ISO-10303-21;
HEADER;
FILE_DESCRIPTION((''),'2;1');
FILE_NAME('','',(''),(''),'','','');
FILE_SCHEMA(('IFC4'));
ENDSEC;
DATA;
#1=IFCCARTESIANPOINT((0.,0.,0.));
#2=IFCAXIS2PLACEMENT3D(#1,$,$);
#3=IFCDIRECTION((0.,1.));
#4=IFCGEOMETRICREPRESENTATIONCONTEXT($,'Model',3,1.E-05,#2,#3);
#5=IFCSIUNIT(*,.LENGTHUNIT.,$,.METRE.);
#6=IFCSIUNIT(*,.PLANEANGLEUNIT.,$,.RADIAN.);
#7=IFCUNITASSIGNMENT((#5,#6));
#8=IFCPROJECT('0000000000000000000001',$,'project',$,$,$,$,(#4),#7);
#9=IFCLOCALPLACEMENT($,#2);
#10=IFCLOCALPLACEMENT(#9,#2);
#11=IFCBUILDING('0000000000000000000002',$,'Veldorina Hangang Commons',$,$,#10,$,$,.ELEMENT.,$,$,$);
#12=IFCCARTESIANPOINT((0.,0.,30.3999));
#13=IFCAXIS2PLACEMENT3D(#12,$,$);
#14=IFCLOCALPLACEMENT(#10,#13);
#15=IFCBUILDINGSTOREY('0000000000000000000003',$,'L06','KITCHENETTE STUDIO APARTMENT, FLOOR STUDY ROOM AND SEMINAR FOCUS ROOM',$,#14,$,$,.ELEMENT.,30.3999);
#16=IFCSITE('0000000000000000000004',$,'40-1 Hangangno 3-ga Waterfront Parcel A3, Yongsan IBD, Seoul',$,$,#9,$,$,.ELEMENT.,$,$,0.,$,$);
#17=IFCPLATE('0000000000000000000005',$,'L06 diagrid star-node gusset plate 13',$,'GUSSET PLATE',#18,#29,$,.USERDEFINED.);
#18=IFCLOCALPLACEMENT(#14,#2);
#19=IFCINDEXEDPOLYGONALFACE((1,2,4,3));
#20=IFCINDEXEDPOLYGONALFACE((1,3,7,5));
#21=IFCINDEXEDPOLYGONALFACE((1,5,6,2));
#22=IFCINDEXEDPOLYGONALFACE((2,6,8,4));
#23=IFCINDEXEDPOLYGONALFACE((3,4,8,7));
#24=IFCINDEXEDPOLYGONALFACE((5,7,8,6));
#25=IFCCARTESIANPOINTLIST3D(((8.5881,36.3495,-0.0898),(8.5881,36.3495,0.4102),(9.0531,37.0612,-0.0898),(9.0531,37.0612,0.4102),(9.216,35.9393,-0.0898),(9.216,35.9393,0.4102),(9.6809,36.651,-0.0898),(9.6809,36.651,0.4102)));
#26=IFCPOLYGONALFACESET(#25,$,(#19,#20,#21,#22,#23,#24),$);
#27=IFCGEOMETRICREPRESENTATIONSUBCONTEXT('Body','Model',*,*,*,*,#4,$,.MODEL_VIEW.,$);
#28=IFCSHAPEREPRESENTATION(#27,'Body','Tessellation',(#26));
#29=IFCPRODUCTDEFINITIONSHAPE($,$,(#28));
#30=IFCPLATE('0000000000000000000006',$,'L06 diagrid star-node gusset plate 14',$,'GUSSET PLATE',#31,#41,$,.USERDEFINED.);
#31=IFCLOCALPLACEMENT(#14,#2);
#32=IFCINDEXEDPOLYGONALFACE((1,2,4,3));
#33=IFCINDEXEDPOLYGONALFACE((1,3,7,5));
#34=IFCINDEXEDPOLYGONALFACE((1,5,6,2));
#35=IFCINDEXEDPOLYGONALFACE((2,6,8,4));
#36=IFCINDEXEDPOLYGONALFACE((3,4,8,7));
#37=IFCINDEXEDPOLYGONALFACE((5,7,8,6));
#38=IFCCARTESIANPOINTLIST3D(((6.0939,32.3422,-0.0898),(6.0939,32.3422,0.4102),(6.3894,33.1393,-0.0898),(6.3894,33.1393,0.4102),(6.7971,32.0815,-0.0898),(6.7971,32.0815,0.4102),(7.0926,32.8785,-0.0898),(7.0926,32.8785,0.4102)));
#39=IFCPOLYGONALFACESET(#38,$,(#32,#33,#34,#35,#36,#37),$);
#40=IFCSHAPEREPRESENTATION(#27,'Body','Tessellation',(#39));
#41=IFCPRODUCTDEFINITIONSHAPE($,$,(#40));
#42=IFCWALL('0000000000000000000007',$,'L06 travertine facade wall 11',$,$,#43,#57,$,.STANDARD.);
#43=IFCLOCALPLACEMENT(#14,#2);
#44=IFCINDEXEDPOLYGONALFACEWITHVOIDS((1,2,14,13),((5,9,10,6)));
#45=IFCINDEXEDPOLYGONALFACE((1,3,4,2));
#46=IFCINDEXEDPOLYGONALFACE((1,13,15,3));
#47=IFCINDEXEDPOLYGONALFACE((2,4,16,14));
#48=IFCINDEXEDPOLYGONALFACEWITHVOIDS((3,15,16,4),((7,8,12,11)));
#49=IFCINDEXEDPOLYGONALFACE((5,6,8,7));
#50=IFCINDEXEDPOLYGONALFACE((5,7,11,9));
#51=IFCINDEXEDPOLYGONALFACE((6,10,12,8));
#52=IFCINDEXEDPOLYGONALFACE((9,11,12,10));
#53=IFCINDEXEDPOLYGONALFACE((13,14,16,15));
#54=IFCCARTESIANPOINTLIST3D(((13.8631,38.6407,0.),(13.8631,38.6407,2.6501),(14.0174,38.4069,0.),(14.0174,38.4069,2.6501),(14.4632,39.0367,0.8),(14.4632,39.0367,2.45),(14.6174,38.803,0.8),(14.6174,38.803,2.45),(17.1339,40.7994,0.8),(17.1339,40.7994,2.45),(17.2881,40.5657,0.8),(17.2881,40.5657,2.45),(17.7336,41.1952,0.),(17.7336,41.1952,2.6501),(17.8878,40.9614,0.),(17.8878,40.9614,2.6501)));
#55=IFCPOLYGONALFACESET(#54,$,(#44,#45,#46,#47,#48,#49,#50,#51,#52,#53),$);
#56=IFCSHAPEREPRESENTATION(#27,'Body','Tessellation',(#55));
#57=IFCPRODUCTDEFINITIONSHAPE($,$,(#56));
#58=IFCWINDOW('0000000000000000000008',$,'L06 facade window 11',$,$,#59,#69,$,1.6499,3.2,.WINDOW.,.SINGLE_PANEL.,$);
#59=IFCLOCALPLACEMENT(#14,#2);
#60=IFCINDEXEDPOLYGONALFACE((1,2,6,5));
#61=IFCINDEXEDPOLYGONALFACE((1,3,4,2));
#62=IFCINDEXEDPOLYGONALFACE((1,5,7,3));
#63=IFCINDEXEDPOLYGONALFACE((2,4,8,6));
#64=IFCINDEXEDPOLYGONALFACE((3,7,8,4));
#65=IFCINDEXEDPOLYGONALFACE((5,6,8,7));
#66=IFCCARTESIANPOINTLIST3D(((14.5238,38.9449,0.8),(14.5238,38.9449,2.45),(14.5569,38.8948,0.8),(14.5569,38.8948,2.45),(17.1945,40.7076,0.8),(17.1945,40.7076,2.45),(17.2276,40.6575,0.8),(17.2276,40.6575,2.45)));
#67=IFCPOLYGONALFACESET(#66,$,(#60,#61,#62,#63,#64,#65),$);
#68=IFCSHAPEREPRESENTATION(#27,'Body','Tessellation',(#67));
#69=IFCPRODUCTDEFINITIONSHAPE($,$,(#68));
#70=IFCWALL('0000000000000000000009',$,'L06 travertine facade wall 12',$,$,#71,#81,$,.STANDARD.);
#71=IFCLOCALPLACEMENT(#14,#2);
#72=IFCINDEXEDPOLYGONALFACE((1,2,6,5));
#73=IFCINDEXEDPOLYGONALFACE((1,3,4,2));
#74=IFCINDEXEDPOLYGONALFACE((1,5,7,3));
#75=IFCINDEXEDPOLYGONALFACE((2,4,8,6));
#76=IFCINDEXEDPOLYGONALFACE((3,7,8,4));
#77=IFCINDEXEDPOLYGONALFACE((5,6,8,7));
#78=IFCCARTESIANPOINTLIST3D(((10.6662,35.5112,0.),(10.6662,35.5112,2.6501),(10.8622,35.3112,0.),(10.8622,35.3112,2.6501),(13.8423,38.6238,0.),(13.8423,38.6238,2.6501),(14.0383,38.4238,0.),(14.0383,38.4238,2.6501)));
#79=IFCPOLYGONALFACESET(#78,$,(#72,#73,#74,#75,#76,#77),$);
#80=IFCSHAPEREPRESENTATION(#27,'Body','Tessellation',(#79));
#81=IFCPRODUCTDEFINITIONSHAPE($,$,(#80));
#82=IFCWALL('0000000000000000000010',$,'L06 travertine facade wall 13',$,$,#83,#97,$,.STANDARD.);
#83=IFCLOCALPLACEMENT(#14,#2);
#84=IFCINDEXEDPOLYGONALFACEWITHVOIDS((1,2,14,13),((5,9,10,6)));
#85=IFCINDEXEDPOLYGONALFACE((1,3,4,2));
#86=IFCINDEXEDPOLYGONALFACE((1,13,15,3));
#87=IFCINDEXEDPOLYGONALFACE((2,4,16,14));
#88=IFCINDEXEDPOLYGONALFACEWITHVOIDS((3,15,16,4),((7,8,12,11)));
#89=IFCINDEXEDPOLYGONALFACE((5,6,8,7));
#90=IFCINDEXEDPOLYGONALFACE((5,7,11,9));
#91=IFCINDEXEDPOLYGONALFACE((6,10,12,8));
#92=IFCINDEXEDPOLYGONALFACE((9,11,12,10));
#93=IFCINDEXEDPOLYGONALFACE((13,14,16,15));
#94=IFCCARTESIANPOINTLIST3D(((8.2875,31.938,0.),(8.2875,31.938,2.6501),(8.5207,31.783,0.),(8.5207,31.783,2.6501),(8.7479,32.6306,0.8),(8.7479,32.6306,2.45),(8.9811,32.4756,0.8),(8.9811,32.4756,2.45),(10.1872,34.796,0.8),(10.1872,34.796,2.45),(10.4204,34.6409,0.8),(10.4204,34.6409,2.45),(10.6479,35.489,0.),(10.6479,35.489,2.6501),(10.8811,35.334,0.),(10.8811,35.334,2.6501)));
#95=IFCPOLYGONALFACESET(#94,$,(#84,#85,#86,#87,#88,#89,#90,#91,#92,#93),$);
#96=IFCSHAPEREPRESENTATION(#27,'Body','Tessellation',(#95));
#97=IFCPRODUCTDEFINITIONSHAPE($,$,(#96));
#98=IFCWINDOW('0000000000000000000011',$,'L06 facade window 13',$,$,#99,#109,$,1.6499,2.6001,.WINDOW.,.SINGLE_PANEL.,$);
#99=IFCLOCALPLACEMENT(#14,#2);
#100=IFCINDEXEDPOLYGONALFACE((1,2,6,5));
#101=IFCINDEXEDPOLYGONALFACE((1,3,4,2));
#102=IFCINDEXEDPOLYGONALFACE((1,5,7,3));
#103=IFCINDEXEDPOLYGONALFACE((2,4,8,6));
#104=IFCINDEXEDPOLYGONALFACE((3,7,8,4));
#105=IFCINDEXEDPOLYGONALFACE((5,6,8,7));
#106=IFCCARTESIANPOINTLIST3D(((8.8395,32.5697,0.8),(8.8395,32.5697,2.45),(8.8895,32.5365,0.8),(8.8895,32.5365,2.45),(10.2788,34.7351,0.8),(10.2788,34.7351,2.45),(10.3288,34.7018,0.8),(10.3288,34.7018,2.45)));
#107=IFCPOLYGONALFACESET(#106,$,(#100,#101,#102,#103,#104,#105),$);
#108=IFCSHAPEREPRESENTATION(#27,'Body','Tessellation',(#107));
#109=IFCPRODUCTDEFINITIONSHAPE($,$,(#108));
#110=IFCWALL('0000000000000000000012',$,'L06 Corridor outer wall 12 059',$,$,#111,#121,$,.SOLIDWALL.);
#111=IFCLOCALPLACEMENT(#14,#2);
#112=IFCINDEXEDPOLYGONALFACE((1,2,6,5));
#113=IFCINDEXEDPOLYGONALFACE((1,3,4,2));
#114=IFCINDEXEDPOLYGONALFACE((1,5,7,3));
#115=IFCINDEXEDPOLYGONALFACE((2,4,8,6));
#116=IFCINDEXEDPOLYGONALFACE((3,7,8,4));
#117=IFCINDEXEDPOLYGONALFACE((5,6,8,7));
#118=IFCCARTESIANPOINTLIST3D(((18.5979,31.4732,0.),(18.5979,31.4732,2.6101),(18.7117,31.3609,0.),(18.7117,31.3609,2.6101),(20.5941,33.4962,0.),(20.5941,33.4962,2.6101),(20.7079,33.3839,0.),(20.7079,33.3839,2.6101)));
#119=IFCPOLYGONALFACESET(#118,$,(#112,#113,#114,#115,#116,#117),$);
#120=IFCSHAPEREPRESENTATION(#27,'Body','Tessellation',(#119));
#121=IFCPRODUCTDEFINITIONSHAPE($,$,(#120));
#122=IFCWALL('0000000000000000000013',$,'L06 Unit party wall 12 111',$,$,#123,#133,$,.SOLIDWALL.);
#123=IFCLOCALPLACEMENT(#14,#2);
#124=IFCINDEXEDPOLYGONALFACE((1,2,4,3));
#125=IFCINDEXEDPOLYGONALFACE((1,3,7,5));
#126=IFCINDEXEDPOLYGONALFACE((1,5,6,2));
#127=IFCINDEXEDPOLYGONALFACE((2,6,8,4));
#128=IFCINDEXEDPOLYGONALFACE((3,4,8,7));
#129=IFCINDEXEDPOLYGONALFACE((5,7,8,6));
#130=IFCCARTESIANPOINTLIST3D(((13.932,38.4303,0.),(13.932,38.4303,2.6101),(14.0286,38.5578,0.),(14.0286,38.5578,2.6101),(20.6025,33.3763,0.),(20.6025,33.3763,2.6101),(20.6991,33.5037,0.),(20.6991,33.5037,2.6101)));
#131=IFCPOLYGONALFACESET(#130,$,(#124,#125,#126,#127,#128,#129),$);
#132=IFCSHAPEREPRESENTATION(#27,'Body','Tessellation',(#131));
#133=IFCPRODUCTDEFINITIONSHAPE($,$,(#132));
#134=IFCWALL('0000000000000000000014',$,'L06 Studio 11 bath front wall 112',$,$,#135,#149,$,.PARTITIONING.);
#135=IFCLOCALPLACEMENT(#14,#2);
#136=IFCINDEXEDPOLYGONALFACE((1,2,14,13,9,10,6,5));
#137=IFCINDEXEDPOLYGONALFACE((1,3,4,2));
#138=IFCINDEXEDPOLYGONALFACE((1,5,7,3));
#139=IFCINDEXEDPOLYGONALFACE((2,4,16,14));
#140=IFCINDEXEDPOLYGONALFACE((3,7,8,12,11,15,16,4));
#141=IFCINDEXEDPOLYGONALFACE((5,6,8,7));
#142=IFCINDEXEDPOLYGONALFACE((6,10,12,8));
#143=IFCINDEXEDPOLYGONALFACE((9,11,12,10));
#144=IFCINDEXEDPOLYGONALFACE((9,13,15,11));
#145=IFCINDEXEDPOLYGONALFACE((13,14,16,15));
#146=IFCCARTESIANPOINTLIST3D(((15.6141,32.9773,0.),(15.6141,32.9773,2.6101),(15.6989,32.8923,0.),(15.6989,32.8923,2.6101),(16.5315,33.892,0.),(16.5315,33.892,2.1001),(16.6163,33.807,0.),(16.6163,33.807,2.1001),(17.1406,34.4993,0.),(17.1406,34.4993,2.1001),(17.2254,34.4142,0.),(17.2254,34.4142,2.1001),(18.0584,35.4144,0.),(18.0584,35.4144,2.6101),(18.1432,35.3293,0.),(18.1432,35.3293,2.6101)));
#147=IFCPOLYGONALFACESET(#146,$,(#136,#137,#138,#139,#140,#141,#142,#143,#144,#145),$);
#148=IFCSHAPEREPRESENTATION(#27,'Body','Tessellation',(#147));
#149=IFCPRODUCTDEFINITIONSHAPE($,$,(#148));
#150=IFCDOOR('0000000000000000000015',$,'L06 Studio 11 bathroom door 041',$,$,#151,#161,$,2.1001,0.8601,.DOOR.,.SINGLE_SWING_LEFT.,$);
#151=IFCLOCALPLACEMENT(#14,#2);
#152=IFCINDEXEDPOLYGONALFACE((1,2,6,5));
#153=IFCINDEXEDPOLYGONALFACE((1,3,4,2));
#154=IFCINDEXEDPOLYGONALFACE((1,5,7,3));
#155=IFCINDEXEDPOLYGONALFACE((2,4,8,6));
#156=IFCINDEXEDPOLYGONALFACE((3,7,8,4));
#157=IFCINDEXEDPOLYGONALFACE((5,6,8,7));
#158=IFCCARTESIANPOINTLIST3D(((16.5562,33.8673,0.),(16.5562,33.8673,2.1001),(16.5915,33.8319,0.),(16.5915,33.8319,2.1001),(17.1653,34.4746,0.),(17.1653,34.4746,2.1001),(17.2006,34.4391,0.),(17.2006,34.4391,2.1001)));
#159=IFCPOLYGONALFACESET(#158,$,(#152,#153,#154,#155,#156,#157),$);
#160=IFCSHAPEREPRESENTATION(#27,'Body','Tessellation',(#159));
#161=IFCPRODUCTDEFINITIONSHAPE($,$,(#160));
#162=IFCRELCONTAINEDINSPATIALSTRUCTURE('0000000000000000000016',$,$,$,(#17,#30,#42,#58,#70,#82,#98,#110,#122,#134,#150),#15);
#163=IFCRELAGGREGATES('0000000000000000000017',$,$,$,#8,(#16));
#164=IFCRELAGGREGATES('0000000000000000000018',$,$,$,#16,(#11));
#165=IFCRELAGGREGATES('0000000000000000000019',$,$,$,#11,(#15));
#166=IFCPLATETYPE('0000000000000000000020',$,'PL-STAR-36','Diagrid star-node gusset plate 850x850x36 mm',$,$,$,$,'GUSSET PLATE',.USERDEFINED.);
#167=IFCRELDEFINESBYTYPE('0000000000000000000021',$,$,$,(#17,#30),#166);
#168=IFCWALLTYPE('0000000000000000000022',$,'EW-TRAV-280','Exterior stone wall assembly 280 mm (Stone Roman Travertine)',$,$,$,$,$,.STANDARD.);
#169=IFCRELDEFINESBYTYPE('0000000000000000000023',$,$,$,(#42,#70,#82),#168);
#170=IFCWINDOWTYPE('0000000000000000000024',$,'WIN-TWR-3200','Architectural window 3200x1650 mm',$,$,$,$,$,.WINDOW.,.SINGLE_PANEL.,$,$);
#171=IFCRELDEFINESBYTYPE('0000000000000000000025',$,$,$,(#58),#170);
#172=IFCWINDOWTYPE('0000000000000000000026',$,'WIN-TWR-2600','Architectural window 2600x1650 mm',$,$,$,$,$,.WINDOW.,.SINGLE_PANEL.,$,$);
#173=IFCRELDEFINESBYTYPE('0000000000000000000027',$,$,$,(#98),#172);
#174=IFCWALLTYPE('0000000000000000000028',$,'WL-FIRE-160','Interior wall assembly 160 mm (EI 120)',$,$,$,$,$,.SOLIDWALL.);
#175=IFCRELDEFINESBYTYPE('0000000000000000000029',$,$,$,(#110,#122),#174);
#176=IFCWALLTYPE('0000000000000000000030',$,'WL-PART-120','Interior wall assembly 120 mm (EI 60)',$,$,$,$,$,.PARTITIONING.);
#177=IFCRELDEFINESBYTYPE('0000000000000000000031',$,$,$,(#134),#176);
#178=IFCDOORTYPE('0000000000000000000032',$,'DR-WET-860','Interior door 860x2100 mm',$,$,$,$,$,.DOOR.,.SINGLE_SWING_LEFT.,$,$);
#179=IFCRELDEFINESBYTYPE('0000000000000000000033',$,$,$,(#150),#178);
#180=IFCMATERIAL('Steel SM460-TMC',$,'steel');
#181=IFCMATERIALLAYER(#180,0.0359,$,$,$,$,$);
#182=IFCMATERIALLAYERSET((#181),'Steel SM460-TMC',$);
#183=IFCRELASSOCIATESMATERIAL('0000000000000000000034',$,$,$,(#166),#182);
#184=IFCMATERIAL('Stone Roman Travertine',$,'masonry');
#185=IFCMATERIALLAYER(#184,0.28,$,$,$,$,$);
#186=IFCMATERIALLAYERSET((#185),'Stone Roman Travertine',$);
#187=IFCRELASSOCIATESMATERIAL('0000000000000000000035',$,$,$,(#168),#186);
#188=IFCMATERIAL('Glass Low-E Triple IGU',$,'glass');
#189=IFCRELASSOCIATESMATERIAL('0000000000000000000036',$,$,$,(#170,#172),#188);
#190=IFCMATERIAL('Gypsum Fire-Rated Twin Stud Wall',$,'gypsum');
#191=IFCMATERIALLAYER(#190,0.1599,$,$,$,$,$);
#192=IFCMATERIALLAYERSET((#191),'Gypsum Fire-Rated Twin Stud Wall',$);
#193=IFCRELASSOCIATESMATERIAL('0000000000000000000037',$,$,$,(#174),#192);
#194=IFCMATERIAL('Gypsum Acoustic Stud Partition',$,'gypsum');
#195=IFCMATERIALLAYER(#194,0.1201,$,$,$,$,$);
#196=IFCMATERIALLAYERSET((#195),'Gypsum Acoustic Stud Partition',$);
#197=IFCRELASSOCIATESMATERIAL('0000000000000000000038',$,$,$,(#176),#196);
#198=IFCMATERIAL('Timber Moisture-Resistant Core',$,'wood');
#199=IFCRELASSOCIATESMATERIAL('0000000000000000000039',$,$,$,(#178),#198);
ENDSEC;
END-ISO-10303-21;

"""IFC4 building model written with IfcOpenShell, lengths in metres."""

from ifc_helpers import new_model, si_unit, direction, frame, frame_2d, origin, origin_2d, place, context, subcontext, project, spatial, rectangle, extrude, material, layer, layer_set, type_object, element, fill, save


model = new_model("IFC4")

# Units and contexts
model_context = context("Model", 3, precision=1e-05, world=origin(), true_north=direction((0.0, 1.0)))
body_context = subcontext(model_context, "Body", "Model", "MODEL_VIEW")
ifc_project = project(units=[si_unit("LENGTHUNIT", "METRE"), si_unit("PLANEANGLEUNIT", "RADIAN")], contexts=[model_context])

# Site, building, storey
site_placement = place(None, origin())
site = spatial("IfcSite", under=ifc_project, at=site_placement, Name="40-1 Hangangno 3-ga Waterfront Parcel A3, Yongsan IBD, Seoul", CompositionType="ELEMENT", RefElevation=0.0)
building_placement = place(site_placement, origin())
building = spatial("IfcBuilding", under=site, at=building_placement, Name="Veldorina Hangang Commons", CompositionType="ELEMENT")
storey_placement = place(building_placement, frame((0.0, 0.0, 30.3999)))
storey = spatial("IfcBuildingStorey", under=building, at=storey_placement, Name="L06", Description="KITCHENETTE STUDIO APARTMENT, FLOOR STUDY ROOM AND SEMINAR FOCUS ROOM", CompositionType="ELEMENT", Elevation=30.3999)

# Shared definitions
ifc_material_1 = material(Name="Steel SM460-TMC", Category="steel")

# Plates
ifc_layer_1 = layer(ifc_material_1, 0.0359)
ifc_layer_set_1 = layer_set([ifc_layer_1], Name="Steel SM460-TMC")
plate_type = type_object("IfcPlateType", Name="PL-STAR-36", Description="Diagrid star-node gusset plate 850x850x36 mm", ElementType="GUSSET PLATE", PredefinedType="USERDEFINED", material=ifc_layer_set_1)
for number, where, z_axis, x_axis, name in (
    (1, (9.1345, 36.5002, -0.0898), (0.0, 0.0, 1.0), (-0.546935, -0.837175, 0.0), "L06 diagrid star-node gusset plate 13"),
    (2, (6.5933, 32.6104, -0.0898), (0.0, 0.0, 1.0), (-0.347623, -0.937634, 0.0), "L06 diagrid star-node gusset plate 14"),
):
    element("IfcPlate", number, at=place(storey_placement, frame(where, z_axis=z_axis, x_axis=x_axis)), inside=storey, type_object=plate_type, Name=name, ObjectType="GUSSET PLATE", PredefinedType="USERDEFINED", context=body_context, shape_type="SweptSolid", body=[
        extrude(rectangle(XDim=0.8501, YDim=0.75, at=origin_2d()), origin(), (0.0, 0.0, 1.0), 0.5),
    ])

# Wall, opening, window
ifc_material_2 = material(Name="Stone Roman Travertine", Category="masonry")
ifc_layer_2 = layer(ifc_material_2, 0.28)
ifc_layer_set_2 = layer_set([ifc_layer_2], Name="Stone Roman Travertine")
wall_type_1 = type_object("IfcWallType", Name="EW-TRAV-280", Description="Exterior stone wall assembly 280 mm (Stone Roman Travertine)", PredefinedType="STANDARD", material=ifc_layer_set_2)
wall_1_placement = place(storey_placement, frame((17.8108, 41.0784, 0.0), z_axis=(0.0, 0.0, 1.0), x_axis=(-0.834609, -0.550843, 0.0)))
wall_1 = element("IfcWall", 3, at=wall_1_placement, inside=storey, type_object=wall_type_1, Name="L06 travertine facade wall 11", PredefinedType="STANDARD", context=body_context, shape_type="SweptSolid", body=[
    extrude(rectangle(XDim=4.6375, YDim=0.28, at=frame_2d((2.3188, 0.0))), origin(), (0.0, 0.0, 1.0), 2.6501),
])
opening_1_placement = place(wall_1_placement, frame((0.7185, 0.0, 0.8)))
opening_1 = element("IfcOpeningElement", 4, at=opening_1_placement, cuts=wall_1, PredefinedType="OPENING", context=body_context, shape_type="SweptSolid", body=[
    extrude(rectangle(XDim=3.2, YDim=1.6499, at=frame_2d((1.6001, 0.825))), frame((0.0, 0.1499, 0.0), z_axis=(0.0, -1.0, 0.0), x_axis=(1.0, 0.0, 0.0)), (0.0, 0.0, 1.0), 0.3),
])
ifc_material_3 = material(Name="Glass Low-E Triple IGU", Category="glass")
window_type_1 = type_object("IfcWindowType", Name="WIN-TWR-3200", Description="Architectural window 3200x1650 mm", PartitioningType="SINGLE_PANEL", PredefinedType="WINDOW", material=ifc_material_3)
window_1_placement = place(opening_1_placement, origin())
window_1 = element("IfcWindow", 5, at=window_1_placement, inside=storey, type_object=window_type_1, Name="L06 facade window 11", OverallHeight=1.6499, OverallWidth=3.2, PartitioningType="SINGLE_PANEL", PredefinedType="WINDOW", context=body_context, shape_type="SweptSolid", body=[
    extrude(rectangle(XDim=3.2, YDim=1.6499, at=frame_2d((1.6001, 0.825))), frame((0.0, 0.03, 0.0), z_axis=(0.0, -1.0, 0.0), x_axis=(1.0, 0.0, 0.0)), (0.0, 0.0, 1.0), 0.0601),
])
fill(opening_1, window_1)

# Wall
wall_2_placement = place(storey_placement, frame((13.9404, 38.5239, 0.0), z_axis=(0.0, 0.0, 1.0), x_axis=(-0.714208, -0.699934, 0.0)))
element("IfcWall", 6, at=wall_2_placement, inside=storey, type_object=wall_type_1, Name="L06 travertine facade wall 12", PredefinedType="STANDARD", context=body_context, shape_type="SweptSolid", body=[
    extrude(rectangle(XDim=4.447, YDim=0.28, at=frame_2d((2.2236, 0.0))), origin(), (0.0, 0.0, 1.0), 2.6501),
])

# Wall, opening, window
wall_3_placement = place(storey_placement, frame((10.7644, 35.4114, 0.0), z_axis=(0.0, 0.0, 1.0), x_axis=(-0.553563, -0.832807, 0.0)))
wall_3 = element("IfcWall", 7, at=wall_3_placement, inside=storey, type_object=wall_type_1, Name="L06 travertine facade wall 13", PredefinedType="STANDARD", context=body_context, shape_type="SweptSolid", body=[
    extrude(rectangle(XDim=4.2639, YDim=0.28, at=frame_2d((2.1318, 0.0))), origin(), (0.0, 0.0, 1.0), 2.6501),
])
opening_2_placement = place(wall_3_placement, frame((0.832, 0.0, 0.8)))
opening_2 = element("IfcOpeningElement", 8, at=opening_2_placement, cuts=wall_3, PredefinedType="OPENING", context=body_context, shape_type="SweptSolid", body=[
    extrude(rectangle(XDim=2.6001, YDim=1.6499, at=frame_2d((1.3, 0.825))), frame((0.0, 0.1499, 0.0), z_axis=(0.0, -1.0, 0.0), x_axis=(1.0, 0.0, 0.0)), (0.0, 0.0, 1.0), 0.3),
])
window_type_2 = type_object("IfcWindowType", Name="WIN-TWR-2600", Description="Architectural window 2600x1650 mm", PartitioningType="SINGLE_PANEL", PredefinedType="WINDOW", material=ifc_material_3)
window_2_placement = place(opening_2_placement, origin())
window_2 = element("IfcWindow", 9, at=window_2_placement, inside=storey, type_object=window_type_2, Name="L06 facade window 13", OverallHeight=1.6499, OverallWidth=2.6001, PartitioningType="SINGLE_PANEL", PredefinedType="WINDOW", context=body_context, shape_type="SweptSolid", body=[
    extrude(rectangle(XDim=2.6001, YDim=1.6499, at=frame_2d((1.3, 0.825))), frame((0.0, 0.03, 0.0), z_axis=(0.0, -1.0, 0.0), x_axis=(1.0, 0.0, 0.0)), (0.0, 0.0, 1.0), 0.0601),
])
fill(opening_2, window_2)

# Walls
ifc_material_4 = material(Name="Gypsum Fire-Rated Twin Stud Wall", Category="gypsum")
ifc_layer_3 = layer(ifc_material_4, 0.1599)
ifc_layer_set_3 = layer_set([ifc_layer_3], Name="Gypsum Fire-Rated Twin Stud Wall")
wall_type_2 = type_object("IfcWallType", Name="WL-FIRE-160", Description="Interior wall assembly 160 mm (EI 120)", PredefinedType="SOLIDWALL", material=ifc_layer_set_3)
wall_4_placement = place(storey_placement, frame((20.6509, 33.4399, 0.0), z_axis=(0.0, 0.0, 1.0), x_axis=(-0.702366, -0.711816, 0.0)))
element("IfcWall", 10, at=wall_4_placement, inside=storey, type_object=wall_type_2, Name="L06 Corridor outer wall 12 059", PredefinedType="SOLIDWALL", context=body_context, shape_type="SweptSolid", body=[
    extrude(rectangle(XDim=2.842, YDim=0.1599, at=frame_2d((1.4209, 0.0))), origin(), (0.0, 0.0, 1.0), 2.6101),
])
wall_5_placement = place(storey_placement, frame((20.6509, 33.4399, 0.0), z_axis=(0.0, 0.0, 1.0), x_axis=(-0.797057, 0.603904, 0.0)))
element("IfcWall", 11, at=wall_5_placement, inside=storey, type_object=wall_type_2, Name="L06 Unit party wall 12 111", PredefinedType="SOLIDWALL", context=body_context, shape_type="SweptSolid", body=[
    extrude(rectangle(XDim=8.3689, YDim=0.1599, at=frame_2d((4.1846, 0.0))), origin(), (0.0, 0.0, 1.0), 2.6101),
])

# Wall, opening, door
ifc_material_5 = material(Name="Gypsum Acoustic Stud Partition", Category="gypsum")
ifc_layer_4 = layer(ifc_material_5, 0.1201)
ifc_layer_set_4 = layer_set([ifc_layer_4], Name="Gypsum Acoustic Stud Partition")
wall_type_3 = type_object("IfcWallType", Name="WL-PART-120", Description="Interior wall assembly 120 mm (EI 60)", PredefinedType="PARTITIONING", material=ifc_layer_set_4)
wall_6_placement = place(storey_placement, frame((18.1008, 35.3718, 0.0), z_axis=(0.0, 0.0, 1.0), x_axis=(-0.708167, -0.706045, 0.0)))
wall_6 = element("IfcWall", 12, at=wall_6_placement, inside=storey, type_object=wall_type_3, Name="L06 Studio 11 bath front wall 112", PredefinedType="PARTITIONING", context=body_context, shape_type="SweptSolid", body=[
    extrude(rectangle(XDim=3.4517, YDim=0.1201, at=frame_2d((1.7258, 0.0))), origin(), (0.0, 0.0, 1.0), 2.6101),
])
opening_3_placement = place(wall_6_placement, frame((1.2959, 0.0, 0.0)))
opening_3 = element("IfcOpeningElement", 13, at=opening_3_placement, cuts=wall_6, PredefinedType="OPENING", context=body_context, shape_type="SweptSolid", body=[
    extrude(rectangle(XDim=0.8601, YDim=2.1001, at=frame_2d((0.4302, 1.05))), frame((0.0, 0.0701, 0.0), z_axis=(0.0, -1.0, 0.0), x_axis=(1.0, 0.0, 0.0)), (0.0, 0.0, 1.0), 0.1401),
])
ifc_material_6 = material(Name="Timber Moisture-Resistant Core", Category="wood")
door_type = type_object("IfcDoorType", Name="DR-WET-860", Description="Interior door 860x2100 mm", OperationType="SINGLE_SWING_LEFT", PredefinedType="DOOR", material=ifc_material_6)
door_placement = place(opening_3_placement, origin())
door = element("IfcDoor", 14, at=door_placement, inside=storey, type_object=door_type, Name="L06 Studio 11 bathroom door 041", OperationType="SINGLE_SWING_LEFT", OverallHeight=2.1001, OverallWidth=0.8601, PredefinedType="DOOR", context=body_context, shape_type="SweptSolid", body=[
    extrude(rectangle(XDim=0.8601, YDim=2.1001, at=frame_2d((0.4302, 1.05))), frame((0.0, 0.0249, 0.0), z_axis=(0.0, -1.0, 0.0), x_axis=(1.0, 0.0, 0.0)), (0.0, 0.0, 1.0), 0.05),
])
fill(opening_3, door)

save(model, "model.ifc")
